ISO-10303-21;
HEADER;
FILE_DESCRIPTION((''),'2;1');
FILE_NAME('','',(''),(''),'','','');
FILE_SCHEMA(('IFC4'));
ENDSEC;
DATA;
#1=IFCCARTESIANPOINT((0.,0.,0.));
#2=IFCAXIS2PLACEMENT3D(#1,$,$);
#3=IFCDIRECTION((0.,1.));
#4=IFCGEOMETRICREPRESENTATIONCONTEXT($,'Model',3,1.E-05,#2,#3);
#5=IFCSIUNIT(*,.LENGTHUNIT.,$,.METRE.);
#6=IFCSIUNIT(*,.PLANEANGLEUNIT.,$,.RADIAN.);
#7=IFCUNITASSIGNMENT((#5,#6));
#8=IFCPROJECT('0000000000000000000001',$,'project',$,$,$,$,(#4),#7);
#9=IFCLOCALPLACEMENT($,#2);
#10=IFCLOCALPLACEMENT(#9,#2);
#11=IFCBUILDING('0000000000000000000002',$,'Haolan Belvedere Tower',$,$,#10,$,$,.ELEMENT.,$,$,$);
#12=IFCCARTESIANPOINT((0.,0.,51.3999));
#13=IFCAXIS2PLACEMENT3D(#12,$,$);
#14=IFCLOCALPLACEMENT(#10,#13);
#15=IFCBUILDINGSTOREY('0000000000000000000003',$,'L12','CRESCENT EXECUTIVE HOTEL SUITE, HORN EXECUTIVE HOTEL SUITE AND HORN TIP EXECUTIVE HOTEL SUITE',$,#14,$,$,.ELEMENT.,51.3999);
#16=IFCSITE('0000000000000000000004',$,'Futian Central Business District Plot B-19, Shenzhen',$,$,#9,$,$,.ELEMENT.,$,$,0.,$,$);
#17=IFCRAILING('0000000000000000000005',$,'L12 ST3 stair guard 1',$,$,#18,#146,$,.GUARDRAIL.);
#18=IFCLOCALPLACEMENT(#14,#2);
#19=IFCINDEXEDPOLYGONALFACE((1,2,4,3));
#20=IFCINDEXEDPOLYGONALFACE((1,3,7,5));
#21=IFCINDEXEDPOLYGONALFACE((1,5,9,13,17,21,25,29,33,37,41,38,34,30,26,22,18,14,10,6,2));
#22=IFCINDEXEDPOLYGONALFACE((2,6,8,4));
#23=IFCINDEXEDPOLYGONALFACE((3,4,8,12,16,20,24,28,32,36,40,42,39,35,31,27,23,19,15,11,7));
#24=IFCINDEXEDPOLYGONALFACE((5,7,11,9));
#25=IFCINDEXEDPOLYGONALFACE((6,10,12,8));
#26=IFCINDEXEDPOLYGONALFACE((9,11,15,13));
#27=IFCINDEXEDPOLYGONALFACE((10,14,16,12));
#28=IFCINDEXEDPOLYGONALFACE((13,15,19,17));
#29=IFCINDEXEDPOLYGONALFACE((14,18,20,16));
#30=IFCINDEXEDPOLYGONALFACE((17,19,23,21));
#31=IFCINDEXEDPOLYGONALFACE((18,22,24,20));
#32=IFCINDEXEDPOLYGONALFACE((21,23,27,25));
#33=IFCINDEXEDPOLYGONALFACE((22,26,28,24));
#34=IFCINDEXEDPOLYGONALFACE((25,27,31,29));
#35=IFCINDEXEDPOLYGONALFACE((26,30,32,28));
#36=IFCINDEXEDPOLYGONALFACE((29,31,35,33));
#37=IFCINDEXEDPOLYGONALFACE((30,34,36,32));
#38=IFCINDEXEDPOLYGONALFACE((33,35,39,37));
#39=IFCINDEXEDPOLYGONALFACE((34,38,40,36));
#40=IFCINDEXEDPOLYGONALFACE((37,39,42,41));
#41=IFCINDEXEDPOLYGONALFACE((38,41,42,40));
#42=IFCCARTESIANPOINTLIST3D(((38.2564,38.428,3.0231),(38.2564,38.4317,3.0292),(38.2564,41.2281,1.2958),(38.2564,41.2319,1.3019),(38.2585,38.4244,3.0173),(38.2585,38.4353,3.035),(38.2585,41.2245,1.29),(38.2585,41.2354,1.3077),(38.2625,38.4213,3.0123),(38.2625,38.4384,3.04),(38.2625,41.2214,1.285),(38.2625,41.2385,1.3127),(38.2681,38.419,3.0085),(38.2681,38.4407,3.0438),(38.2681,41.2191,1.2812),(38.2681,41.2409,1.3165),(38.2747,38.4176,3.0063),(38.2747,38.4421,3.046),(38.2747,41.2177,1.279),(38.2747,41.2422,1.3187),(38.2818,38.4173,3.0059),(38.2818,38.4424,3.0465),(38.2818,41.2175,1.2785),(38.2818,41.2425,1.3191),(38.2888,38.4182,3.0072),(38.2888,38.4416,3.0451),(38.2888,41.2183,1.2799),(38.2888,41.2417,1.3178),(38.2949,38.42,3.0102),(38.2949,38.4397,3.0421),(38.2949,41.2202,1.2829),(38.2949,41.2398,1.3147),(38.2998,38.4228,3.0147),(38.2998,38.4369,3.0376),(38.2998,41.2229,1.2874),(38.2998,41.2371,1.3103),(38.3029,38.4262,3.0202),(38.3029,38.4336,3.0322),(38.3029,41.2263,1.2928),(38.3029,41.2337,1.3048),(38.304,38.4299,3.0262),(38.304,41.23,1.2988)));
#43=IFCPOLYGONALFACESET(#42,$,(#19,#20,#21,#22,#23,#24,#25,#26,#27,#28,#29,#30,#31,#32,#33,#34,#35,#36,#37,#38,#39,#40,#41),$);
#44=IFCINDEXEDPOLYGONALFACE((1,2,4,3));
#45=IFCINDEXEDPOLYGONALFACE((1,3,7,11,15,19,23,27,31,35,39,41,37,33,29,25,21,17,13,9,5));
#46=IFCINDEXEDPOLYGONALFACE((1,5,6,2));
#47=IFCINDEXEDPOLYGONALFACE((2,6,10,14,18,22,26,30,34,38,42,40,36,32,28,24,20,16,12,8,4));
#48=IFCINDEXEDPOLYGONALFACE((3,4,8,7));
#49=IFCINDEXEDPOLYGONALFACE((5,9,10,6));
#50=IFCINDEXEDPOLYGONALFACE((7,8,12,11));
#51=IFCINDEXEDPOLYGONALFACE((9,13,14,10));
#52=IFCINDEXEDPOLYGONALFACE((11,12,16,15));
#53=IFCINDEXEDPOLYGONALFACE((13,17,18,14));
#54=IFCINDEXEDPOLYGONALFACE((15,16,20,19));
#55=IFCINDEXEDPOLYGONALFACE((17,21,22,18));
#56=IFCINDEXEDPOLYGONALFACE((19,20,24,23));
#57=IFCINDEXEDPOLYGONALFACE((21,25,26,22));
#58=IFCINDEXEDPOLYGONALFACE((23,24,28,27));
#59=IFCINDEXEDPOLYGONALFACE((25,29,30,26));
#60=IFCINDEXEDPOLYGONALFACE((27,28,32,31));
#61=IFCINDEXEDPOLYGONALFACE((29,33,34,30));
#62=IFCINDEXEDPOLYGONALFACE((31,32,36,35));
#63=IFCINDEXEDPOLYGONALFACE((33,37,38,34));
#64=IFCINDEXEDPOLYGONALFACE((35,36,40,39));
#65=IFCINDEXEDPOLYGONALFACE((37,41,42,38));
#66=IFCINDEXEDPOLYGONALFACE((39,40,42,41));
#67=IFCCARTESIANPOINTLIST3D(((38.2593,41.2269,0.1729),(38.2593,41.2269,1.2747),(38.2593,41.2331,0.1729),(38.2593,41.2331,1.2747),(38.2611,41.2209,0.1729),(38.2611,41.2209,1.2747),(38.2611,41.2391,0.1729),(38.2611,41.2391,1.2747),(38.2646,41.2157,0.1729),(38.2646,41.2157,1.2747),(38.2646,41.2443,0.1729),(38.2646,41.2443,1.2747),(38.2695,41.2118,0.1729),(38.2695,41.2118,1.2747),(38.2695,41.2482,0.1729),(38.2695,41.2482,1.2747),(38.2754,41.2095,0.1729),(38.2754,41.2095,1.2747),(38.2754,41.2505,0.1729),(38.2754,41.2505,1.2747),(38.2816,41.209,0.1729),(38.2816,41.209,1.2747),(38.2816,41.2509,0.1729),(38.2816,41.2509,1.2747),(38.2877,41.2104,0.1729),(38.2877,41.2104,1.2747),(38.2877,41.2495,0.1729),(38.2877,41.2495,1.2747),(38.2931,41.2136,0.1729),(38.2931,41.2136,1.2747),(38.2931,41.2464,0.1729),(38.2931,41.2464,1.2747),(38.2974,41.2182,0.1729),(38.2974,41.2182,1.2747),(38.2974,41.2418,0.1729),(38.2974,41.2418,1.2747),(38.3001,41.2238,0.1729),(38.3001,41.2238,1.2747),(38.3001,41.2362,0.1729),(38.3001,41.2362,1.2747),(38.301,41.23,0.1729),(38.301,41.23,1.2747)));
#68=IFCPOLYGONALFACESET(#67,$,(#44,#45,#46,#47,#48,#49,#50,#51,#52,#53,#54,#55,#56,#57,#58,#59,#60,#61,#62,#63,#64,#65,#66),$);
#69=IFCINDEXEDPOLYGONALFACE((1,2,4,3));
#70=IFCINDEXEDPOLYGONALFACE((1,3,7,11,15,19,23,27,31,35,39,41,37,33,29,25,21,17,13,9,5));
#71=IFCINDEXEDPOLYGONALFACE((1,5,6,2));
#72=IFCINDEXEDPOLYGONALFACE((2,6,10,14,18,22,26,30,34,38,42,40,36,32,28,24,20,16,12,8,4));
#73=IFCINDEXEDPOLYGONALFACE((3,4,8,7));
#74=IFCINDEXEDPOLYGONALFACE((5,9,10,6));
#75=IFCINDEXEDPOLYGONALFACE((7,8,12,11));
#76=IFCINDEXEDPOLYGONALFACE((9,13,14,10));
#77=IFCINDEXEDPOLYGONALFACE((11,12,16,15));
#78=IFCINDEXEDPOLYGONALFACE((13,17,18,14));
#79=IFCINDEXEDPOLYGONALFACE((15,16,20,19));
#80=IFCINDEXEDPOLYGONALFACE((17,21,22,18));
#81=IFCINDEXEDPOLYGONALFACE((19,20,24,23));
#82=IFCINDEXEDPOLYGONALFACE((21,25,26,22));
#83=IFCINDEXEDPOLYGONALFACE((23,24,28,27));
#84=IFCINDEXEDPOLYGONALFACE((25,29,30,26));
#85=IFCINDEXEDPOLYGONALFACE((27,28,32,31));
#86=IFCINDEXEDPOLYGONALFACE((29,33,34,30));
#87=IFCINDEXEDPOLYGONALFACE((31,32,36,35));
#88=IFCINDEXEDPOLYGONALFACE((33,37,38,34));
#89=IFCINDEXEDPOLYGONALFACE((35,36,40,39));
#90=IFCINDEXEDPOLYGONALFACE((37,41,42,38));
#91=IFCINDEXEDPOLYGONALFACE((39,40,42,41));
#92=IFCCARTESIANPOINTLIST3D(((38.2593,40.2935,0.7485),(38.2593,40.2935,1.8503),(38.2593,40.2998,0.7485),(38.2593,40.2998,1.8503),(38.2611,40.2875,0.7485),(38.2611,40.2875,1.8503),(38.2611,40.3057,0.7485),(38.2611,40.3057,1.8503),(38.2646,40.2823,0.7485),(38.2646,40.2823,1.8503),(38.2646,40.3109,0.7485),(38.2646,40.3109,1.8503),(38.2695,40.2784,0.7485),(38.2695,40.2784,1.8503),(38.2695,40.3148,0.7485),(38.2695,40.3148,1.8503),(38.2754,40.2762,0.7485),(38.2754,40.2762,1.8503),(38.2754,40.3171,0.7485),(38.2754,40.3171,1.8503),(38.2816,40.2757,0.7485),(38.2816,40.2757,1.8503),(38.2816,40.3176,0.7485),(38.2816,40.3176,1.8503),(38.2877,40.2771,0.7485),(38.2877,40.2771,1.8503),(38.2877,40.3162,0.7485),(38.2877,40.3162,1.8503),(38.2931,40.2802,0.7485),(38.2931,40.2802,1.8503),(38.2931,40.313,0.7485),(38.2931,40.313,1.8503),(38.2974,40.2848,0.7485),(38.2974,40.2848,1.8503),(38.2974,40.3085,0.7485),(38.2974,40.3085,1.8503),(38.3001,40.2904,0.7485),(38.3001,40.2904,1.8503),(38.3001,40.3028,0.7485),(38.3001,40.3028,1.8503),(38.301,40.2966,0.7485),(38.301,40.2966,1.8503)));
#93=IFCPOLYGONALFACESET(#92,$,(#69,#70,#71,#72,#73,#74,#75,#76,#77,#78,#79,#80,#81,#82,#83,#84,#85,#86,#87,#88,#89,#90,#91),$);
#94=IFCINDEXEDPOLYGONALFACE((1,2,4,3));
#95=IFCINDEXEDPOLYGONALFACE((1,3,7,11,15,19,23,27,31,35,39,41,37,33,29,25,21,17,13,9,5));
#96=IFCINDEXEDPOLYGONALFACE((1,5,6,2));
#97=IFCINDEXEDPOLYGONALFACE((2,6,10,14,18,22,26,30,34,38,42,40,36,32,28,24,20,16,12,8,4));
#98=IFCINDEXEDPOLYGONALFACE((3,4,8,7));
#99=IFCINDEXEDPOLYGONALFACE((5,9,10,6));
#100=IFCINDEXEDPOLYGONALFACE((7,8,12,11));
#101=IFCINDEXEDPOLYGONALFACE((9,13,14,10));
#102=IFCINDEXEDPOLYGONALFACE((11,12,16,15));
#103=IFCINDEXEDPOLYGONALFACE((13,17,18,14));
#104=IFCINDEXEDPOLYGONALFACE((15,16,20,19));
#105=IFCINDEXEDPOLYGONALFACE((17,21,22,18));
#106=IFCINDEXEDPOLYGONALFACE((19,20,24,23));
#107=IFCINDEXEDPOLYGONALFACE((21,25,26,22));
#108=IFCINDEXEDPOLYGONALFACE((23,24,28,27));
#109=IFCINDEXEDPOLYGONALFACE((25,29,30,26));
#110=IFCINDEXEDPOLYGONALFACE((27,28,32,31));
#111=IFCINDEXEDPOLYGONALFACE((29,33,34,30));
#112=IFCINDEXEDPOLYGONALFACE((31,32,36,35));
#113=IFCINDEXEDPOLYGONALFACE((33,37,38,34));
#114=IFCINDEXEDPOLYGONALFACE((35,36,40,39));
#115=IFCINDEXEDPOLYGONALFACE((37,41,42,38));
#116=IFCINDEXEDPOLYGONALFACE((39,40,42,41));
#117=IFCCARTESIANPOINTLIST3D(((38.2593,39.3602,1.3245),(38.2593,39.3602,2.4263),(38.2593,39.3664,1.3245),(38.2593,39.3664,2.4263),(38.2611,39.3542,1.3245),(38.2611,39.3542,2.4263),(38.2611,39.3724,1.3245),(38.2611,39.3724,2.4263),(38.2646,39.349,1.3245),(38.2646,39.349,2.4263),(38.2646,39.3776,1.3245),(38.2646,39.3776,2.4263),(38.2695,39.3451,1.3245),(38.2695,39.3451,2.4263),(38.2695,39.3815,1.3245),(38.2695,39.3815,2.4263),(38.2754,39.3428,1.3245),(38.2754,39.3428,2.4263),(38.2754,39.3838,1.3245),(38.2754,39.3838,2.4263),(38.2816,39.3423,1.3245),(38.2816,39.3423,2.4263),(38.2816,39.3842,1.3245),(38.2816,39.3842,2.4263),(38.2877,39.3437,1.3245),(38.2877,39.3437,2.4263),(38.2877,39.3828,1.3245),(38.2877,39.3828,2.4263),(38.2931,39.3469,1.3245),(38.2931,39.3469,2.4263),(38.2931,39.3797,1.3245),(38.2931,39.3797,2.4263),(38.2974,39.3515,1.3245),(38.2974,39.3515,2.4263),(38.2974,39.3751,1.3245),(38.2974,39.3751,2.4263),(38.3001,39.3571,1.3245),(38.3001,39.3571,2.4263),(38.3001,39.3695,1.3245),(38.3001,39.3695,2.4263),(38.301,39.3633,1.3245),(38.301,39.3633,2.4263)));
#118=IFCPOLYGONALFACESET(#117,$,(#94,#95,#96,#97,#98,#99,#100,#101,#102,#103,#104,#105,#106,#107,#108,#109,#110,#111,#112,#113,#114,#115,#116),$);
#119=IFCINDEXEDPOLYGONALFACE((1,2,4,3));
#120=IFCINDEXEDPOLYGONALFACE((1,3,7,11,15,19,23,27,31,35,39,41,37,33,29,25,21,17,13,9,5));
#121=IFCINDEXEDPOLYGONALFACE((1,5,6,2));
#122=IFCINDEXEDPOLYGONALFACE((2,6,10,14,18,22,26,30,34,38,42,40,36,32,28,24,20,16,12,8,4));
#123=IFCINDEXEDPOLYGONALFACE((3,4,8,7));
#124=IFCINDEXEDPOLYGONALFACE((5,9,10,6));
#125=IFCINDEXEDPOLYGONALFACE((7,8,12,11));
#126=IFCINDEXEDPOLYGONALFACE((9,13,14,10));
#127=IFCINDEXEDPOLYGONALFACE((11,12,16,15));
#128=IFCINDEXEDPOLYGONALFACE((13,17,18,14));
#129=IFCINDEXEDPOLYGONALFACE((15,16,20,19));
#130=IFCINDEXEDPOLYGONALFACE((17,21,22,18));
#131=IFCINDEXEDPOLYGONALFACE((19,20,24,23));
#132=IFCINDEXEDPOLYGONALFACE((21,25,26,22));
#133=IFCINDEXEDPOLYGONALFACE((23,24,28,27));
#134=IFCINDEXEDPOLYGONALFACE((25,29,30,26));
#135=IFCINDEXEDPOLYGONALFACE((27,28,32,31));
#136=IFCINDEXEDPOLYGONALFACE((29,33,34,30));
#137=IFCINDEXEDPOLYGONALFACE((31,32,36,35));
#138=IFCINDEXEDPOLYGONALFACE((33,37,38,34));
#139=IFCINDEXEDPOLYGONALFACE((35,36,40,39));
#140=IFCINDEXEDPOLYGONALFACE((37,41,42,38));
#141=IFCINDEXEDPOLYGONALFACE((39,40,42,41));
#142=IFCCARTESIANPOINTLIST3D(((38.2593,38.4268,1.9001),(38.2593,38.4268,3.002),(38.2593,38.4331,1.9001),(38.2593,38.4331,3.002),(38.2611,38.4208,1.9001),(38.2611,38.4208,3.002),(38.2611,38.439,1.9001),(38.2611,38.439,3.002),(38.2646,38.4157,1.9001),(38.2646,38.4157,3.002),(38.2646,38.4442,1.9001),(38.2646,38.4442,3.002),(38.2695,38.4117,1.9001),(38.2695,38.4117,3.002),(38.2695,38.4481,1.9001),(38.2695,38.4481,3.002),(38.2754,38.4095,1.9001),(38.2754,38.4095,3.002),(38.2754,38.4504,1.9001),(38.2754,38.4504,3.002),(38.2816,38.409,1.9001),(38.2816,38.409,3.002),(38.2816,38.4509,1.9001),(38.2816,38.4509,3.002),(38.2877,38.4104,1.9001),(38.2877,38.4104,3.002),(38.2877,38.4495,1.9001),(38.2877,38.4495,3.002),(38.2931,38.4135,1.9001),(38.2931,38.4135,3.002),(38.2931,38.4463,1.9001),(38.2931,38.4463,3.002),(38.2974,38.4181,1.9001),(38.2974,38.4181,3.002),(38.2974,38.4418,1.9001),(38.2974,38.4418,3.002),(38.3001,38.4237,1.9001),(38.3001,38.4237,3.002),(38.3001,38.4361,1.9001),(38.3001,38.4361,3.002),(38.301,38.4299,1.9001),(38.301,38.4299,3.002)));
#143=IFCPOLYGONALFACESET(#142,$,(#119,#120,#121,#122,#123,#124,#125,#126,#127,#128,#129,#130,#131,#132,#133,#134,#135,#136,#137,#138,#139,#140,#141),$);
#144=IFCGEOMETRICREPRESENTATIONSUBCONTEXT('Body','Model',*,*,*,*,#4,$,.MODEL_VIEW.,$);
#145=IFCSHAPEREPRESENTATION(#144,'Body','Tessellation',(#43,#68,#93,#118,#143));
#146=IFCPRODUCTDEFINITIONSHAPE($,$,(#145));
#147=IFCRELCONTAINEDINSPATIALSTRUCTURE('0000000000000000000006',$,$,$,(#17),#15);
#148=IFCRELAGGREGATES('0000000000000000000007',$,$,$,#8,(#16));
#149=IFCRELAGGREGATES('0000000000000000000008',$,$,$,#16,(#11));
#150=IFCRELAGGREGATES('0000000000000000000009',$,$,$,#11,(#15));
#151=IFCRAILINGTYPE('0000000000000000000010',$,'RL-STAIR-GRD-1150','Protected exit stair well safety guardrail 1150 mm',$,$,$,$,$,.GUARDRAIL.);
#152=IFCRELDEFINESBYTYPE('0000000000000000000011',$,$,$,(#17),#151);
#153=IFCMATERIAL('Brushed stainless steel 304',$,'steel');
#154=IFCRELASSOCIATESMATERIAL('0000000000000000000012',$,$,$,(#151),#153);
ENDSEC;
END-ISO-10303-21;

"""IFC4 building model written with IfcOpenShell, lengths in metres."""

from ifc_helpers import new_model, si_unit, direction, frame, origin, origin_2d, place, context, subcontext, project, spatial, circle, extrude, material, type_object, element, save


model = new_model("IFC4")

# Units and contexts
model_context = context("Model", 3, precision=1e-05, world=origin(), true_north=direction((0.0, 1.0)))
body_context = subcontext(model_context, "Body", "Model", "MODEL_VIEW")
ifc_project = project(units=[si_unit("LENGTHUNIT", "METRE"), si_unit("PLANEANGLEUNIT", "RADIAN")], contexts=[model_context])

# Site, building, storey
site_placement = place(None, origin())
site = spatial("IfcSite", under=ifc_project, at=site_placement, Name="Futian Central Business District Plot B-19, Shenzhen", CompositionType="ELEMENT", RefElevation=0.0)
building_placement = place(site_placement, origin())
building = spatial("IfcBuilding", under=site, at=building_placement, Name="Haolan Belvedere Tower", CompositionType="ELEMENT")
storey_placement = place(building_placement, frame((0.0, 0.0, 51.3999)))
storey = spatial("IfcBuildingStorey", under=building, at=storey_placement, Name="L12", Description="CRESCENT EXECUTIVE HOTEL SUITE, HORN EXECUTIVE HOTEL SUITE AND HORN TIP EXECUTIVE HOTEL SUITE", CompositionType="ELEMENT", Elevation=51.3999)

# Railing
ifc_material_1 = material(Name="Brushed stainless steel 304", Category="steel")
railing_type_1 = type_object("IfcRailingType", Name="RL-STAIR-GRD-1150", Description="Protected exit stair well safety guardrail 1150 mm", PredefinedType="GUARDRAIL", material=ifc_material_1)
railing_1_placement = place(storey_placement, frame((38.28, 41.23, 0.1729)))
element("IfcRailing", 1, at=railing_1_placement, inside=storey, type_object=railing_type_1, Name="L12 ST3 stair guard 1", PredefinedType="GUARDRAIL", context=body_context, shape_type="SweptSolid", body=[
    extrude(circle(Radius=0.0239, at=origin_2d()), frame((0.0, 0.0, 1.126), z_axis=(0.0, -0.85109, 0.52502), x_axis=(1.0, 0.0, 0.0)), (0.0, 0.0, 1.0), 3.29),
    extrude(circle(Radius=0.021, at=origin_2d()), origin(), (0.0, 0.0, 1.0), 1.1018),
    extrude(circle(Radius=0.021, at=origin_2d()), frame((0.0, -0.9333, 0.5757)), (0.0, 0.0, 1.0), 1.1018),
    extrude(circle(Radius=0.021, at=origin_2d()), frame((0.0, -1.8667, 1.1516)), (0.0, 0.0, 1.0), 1.1018),
    extrude(circle(Radius=0.021, at=origin_2d()), frame((0.0, -2.8, 1.7273)), (0.0, 0.0, 1.0), 1.1018),
])

save(model, "model.ifc")
